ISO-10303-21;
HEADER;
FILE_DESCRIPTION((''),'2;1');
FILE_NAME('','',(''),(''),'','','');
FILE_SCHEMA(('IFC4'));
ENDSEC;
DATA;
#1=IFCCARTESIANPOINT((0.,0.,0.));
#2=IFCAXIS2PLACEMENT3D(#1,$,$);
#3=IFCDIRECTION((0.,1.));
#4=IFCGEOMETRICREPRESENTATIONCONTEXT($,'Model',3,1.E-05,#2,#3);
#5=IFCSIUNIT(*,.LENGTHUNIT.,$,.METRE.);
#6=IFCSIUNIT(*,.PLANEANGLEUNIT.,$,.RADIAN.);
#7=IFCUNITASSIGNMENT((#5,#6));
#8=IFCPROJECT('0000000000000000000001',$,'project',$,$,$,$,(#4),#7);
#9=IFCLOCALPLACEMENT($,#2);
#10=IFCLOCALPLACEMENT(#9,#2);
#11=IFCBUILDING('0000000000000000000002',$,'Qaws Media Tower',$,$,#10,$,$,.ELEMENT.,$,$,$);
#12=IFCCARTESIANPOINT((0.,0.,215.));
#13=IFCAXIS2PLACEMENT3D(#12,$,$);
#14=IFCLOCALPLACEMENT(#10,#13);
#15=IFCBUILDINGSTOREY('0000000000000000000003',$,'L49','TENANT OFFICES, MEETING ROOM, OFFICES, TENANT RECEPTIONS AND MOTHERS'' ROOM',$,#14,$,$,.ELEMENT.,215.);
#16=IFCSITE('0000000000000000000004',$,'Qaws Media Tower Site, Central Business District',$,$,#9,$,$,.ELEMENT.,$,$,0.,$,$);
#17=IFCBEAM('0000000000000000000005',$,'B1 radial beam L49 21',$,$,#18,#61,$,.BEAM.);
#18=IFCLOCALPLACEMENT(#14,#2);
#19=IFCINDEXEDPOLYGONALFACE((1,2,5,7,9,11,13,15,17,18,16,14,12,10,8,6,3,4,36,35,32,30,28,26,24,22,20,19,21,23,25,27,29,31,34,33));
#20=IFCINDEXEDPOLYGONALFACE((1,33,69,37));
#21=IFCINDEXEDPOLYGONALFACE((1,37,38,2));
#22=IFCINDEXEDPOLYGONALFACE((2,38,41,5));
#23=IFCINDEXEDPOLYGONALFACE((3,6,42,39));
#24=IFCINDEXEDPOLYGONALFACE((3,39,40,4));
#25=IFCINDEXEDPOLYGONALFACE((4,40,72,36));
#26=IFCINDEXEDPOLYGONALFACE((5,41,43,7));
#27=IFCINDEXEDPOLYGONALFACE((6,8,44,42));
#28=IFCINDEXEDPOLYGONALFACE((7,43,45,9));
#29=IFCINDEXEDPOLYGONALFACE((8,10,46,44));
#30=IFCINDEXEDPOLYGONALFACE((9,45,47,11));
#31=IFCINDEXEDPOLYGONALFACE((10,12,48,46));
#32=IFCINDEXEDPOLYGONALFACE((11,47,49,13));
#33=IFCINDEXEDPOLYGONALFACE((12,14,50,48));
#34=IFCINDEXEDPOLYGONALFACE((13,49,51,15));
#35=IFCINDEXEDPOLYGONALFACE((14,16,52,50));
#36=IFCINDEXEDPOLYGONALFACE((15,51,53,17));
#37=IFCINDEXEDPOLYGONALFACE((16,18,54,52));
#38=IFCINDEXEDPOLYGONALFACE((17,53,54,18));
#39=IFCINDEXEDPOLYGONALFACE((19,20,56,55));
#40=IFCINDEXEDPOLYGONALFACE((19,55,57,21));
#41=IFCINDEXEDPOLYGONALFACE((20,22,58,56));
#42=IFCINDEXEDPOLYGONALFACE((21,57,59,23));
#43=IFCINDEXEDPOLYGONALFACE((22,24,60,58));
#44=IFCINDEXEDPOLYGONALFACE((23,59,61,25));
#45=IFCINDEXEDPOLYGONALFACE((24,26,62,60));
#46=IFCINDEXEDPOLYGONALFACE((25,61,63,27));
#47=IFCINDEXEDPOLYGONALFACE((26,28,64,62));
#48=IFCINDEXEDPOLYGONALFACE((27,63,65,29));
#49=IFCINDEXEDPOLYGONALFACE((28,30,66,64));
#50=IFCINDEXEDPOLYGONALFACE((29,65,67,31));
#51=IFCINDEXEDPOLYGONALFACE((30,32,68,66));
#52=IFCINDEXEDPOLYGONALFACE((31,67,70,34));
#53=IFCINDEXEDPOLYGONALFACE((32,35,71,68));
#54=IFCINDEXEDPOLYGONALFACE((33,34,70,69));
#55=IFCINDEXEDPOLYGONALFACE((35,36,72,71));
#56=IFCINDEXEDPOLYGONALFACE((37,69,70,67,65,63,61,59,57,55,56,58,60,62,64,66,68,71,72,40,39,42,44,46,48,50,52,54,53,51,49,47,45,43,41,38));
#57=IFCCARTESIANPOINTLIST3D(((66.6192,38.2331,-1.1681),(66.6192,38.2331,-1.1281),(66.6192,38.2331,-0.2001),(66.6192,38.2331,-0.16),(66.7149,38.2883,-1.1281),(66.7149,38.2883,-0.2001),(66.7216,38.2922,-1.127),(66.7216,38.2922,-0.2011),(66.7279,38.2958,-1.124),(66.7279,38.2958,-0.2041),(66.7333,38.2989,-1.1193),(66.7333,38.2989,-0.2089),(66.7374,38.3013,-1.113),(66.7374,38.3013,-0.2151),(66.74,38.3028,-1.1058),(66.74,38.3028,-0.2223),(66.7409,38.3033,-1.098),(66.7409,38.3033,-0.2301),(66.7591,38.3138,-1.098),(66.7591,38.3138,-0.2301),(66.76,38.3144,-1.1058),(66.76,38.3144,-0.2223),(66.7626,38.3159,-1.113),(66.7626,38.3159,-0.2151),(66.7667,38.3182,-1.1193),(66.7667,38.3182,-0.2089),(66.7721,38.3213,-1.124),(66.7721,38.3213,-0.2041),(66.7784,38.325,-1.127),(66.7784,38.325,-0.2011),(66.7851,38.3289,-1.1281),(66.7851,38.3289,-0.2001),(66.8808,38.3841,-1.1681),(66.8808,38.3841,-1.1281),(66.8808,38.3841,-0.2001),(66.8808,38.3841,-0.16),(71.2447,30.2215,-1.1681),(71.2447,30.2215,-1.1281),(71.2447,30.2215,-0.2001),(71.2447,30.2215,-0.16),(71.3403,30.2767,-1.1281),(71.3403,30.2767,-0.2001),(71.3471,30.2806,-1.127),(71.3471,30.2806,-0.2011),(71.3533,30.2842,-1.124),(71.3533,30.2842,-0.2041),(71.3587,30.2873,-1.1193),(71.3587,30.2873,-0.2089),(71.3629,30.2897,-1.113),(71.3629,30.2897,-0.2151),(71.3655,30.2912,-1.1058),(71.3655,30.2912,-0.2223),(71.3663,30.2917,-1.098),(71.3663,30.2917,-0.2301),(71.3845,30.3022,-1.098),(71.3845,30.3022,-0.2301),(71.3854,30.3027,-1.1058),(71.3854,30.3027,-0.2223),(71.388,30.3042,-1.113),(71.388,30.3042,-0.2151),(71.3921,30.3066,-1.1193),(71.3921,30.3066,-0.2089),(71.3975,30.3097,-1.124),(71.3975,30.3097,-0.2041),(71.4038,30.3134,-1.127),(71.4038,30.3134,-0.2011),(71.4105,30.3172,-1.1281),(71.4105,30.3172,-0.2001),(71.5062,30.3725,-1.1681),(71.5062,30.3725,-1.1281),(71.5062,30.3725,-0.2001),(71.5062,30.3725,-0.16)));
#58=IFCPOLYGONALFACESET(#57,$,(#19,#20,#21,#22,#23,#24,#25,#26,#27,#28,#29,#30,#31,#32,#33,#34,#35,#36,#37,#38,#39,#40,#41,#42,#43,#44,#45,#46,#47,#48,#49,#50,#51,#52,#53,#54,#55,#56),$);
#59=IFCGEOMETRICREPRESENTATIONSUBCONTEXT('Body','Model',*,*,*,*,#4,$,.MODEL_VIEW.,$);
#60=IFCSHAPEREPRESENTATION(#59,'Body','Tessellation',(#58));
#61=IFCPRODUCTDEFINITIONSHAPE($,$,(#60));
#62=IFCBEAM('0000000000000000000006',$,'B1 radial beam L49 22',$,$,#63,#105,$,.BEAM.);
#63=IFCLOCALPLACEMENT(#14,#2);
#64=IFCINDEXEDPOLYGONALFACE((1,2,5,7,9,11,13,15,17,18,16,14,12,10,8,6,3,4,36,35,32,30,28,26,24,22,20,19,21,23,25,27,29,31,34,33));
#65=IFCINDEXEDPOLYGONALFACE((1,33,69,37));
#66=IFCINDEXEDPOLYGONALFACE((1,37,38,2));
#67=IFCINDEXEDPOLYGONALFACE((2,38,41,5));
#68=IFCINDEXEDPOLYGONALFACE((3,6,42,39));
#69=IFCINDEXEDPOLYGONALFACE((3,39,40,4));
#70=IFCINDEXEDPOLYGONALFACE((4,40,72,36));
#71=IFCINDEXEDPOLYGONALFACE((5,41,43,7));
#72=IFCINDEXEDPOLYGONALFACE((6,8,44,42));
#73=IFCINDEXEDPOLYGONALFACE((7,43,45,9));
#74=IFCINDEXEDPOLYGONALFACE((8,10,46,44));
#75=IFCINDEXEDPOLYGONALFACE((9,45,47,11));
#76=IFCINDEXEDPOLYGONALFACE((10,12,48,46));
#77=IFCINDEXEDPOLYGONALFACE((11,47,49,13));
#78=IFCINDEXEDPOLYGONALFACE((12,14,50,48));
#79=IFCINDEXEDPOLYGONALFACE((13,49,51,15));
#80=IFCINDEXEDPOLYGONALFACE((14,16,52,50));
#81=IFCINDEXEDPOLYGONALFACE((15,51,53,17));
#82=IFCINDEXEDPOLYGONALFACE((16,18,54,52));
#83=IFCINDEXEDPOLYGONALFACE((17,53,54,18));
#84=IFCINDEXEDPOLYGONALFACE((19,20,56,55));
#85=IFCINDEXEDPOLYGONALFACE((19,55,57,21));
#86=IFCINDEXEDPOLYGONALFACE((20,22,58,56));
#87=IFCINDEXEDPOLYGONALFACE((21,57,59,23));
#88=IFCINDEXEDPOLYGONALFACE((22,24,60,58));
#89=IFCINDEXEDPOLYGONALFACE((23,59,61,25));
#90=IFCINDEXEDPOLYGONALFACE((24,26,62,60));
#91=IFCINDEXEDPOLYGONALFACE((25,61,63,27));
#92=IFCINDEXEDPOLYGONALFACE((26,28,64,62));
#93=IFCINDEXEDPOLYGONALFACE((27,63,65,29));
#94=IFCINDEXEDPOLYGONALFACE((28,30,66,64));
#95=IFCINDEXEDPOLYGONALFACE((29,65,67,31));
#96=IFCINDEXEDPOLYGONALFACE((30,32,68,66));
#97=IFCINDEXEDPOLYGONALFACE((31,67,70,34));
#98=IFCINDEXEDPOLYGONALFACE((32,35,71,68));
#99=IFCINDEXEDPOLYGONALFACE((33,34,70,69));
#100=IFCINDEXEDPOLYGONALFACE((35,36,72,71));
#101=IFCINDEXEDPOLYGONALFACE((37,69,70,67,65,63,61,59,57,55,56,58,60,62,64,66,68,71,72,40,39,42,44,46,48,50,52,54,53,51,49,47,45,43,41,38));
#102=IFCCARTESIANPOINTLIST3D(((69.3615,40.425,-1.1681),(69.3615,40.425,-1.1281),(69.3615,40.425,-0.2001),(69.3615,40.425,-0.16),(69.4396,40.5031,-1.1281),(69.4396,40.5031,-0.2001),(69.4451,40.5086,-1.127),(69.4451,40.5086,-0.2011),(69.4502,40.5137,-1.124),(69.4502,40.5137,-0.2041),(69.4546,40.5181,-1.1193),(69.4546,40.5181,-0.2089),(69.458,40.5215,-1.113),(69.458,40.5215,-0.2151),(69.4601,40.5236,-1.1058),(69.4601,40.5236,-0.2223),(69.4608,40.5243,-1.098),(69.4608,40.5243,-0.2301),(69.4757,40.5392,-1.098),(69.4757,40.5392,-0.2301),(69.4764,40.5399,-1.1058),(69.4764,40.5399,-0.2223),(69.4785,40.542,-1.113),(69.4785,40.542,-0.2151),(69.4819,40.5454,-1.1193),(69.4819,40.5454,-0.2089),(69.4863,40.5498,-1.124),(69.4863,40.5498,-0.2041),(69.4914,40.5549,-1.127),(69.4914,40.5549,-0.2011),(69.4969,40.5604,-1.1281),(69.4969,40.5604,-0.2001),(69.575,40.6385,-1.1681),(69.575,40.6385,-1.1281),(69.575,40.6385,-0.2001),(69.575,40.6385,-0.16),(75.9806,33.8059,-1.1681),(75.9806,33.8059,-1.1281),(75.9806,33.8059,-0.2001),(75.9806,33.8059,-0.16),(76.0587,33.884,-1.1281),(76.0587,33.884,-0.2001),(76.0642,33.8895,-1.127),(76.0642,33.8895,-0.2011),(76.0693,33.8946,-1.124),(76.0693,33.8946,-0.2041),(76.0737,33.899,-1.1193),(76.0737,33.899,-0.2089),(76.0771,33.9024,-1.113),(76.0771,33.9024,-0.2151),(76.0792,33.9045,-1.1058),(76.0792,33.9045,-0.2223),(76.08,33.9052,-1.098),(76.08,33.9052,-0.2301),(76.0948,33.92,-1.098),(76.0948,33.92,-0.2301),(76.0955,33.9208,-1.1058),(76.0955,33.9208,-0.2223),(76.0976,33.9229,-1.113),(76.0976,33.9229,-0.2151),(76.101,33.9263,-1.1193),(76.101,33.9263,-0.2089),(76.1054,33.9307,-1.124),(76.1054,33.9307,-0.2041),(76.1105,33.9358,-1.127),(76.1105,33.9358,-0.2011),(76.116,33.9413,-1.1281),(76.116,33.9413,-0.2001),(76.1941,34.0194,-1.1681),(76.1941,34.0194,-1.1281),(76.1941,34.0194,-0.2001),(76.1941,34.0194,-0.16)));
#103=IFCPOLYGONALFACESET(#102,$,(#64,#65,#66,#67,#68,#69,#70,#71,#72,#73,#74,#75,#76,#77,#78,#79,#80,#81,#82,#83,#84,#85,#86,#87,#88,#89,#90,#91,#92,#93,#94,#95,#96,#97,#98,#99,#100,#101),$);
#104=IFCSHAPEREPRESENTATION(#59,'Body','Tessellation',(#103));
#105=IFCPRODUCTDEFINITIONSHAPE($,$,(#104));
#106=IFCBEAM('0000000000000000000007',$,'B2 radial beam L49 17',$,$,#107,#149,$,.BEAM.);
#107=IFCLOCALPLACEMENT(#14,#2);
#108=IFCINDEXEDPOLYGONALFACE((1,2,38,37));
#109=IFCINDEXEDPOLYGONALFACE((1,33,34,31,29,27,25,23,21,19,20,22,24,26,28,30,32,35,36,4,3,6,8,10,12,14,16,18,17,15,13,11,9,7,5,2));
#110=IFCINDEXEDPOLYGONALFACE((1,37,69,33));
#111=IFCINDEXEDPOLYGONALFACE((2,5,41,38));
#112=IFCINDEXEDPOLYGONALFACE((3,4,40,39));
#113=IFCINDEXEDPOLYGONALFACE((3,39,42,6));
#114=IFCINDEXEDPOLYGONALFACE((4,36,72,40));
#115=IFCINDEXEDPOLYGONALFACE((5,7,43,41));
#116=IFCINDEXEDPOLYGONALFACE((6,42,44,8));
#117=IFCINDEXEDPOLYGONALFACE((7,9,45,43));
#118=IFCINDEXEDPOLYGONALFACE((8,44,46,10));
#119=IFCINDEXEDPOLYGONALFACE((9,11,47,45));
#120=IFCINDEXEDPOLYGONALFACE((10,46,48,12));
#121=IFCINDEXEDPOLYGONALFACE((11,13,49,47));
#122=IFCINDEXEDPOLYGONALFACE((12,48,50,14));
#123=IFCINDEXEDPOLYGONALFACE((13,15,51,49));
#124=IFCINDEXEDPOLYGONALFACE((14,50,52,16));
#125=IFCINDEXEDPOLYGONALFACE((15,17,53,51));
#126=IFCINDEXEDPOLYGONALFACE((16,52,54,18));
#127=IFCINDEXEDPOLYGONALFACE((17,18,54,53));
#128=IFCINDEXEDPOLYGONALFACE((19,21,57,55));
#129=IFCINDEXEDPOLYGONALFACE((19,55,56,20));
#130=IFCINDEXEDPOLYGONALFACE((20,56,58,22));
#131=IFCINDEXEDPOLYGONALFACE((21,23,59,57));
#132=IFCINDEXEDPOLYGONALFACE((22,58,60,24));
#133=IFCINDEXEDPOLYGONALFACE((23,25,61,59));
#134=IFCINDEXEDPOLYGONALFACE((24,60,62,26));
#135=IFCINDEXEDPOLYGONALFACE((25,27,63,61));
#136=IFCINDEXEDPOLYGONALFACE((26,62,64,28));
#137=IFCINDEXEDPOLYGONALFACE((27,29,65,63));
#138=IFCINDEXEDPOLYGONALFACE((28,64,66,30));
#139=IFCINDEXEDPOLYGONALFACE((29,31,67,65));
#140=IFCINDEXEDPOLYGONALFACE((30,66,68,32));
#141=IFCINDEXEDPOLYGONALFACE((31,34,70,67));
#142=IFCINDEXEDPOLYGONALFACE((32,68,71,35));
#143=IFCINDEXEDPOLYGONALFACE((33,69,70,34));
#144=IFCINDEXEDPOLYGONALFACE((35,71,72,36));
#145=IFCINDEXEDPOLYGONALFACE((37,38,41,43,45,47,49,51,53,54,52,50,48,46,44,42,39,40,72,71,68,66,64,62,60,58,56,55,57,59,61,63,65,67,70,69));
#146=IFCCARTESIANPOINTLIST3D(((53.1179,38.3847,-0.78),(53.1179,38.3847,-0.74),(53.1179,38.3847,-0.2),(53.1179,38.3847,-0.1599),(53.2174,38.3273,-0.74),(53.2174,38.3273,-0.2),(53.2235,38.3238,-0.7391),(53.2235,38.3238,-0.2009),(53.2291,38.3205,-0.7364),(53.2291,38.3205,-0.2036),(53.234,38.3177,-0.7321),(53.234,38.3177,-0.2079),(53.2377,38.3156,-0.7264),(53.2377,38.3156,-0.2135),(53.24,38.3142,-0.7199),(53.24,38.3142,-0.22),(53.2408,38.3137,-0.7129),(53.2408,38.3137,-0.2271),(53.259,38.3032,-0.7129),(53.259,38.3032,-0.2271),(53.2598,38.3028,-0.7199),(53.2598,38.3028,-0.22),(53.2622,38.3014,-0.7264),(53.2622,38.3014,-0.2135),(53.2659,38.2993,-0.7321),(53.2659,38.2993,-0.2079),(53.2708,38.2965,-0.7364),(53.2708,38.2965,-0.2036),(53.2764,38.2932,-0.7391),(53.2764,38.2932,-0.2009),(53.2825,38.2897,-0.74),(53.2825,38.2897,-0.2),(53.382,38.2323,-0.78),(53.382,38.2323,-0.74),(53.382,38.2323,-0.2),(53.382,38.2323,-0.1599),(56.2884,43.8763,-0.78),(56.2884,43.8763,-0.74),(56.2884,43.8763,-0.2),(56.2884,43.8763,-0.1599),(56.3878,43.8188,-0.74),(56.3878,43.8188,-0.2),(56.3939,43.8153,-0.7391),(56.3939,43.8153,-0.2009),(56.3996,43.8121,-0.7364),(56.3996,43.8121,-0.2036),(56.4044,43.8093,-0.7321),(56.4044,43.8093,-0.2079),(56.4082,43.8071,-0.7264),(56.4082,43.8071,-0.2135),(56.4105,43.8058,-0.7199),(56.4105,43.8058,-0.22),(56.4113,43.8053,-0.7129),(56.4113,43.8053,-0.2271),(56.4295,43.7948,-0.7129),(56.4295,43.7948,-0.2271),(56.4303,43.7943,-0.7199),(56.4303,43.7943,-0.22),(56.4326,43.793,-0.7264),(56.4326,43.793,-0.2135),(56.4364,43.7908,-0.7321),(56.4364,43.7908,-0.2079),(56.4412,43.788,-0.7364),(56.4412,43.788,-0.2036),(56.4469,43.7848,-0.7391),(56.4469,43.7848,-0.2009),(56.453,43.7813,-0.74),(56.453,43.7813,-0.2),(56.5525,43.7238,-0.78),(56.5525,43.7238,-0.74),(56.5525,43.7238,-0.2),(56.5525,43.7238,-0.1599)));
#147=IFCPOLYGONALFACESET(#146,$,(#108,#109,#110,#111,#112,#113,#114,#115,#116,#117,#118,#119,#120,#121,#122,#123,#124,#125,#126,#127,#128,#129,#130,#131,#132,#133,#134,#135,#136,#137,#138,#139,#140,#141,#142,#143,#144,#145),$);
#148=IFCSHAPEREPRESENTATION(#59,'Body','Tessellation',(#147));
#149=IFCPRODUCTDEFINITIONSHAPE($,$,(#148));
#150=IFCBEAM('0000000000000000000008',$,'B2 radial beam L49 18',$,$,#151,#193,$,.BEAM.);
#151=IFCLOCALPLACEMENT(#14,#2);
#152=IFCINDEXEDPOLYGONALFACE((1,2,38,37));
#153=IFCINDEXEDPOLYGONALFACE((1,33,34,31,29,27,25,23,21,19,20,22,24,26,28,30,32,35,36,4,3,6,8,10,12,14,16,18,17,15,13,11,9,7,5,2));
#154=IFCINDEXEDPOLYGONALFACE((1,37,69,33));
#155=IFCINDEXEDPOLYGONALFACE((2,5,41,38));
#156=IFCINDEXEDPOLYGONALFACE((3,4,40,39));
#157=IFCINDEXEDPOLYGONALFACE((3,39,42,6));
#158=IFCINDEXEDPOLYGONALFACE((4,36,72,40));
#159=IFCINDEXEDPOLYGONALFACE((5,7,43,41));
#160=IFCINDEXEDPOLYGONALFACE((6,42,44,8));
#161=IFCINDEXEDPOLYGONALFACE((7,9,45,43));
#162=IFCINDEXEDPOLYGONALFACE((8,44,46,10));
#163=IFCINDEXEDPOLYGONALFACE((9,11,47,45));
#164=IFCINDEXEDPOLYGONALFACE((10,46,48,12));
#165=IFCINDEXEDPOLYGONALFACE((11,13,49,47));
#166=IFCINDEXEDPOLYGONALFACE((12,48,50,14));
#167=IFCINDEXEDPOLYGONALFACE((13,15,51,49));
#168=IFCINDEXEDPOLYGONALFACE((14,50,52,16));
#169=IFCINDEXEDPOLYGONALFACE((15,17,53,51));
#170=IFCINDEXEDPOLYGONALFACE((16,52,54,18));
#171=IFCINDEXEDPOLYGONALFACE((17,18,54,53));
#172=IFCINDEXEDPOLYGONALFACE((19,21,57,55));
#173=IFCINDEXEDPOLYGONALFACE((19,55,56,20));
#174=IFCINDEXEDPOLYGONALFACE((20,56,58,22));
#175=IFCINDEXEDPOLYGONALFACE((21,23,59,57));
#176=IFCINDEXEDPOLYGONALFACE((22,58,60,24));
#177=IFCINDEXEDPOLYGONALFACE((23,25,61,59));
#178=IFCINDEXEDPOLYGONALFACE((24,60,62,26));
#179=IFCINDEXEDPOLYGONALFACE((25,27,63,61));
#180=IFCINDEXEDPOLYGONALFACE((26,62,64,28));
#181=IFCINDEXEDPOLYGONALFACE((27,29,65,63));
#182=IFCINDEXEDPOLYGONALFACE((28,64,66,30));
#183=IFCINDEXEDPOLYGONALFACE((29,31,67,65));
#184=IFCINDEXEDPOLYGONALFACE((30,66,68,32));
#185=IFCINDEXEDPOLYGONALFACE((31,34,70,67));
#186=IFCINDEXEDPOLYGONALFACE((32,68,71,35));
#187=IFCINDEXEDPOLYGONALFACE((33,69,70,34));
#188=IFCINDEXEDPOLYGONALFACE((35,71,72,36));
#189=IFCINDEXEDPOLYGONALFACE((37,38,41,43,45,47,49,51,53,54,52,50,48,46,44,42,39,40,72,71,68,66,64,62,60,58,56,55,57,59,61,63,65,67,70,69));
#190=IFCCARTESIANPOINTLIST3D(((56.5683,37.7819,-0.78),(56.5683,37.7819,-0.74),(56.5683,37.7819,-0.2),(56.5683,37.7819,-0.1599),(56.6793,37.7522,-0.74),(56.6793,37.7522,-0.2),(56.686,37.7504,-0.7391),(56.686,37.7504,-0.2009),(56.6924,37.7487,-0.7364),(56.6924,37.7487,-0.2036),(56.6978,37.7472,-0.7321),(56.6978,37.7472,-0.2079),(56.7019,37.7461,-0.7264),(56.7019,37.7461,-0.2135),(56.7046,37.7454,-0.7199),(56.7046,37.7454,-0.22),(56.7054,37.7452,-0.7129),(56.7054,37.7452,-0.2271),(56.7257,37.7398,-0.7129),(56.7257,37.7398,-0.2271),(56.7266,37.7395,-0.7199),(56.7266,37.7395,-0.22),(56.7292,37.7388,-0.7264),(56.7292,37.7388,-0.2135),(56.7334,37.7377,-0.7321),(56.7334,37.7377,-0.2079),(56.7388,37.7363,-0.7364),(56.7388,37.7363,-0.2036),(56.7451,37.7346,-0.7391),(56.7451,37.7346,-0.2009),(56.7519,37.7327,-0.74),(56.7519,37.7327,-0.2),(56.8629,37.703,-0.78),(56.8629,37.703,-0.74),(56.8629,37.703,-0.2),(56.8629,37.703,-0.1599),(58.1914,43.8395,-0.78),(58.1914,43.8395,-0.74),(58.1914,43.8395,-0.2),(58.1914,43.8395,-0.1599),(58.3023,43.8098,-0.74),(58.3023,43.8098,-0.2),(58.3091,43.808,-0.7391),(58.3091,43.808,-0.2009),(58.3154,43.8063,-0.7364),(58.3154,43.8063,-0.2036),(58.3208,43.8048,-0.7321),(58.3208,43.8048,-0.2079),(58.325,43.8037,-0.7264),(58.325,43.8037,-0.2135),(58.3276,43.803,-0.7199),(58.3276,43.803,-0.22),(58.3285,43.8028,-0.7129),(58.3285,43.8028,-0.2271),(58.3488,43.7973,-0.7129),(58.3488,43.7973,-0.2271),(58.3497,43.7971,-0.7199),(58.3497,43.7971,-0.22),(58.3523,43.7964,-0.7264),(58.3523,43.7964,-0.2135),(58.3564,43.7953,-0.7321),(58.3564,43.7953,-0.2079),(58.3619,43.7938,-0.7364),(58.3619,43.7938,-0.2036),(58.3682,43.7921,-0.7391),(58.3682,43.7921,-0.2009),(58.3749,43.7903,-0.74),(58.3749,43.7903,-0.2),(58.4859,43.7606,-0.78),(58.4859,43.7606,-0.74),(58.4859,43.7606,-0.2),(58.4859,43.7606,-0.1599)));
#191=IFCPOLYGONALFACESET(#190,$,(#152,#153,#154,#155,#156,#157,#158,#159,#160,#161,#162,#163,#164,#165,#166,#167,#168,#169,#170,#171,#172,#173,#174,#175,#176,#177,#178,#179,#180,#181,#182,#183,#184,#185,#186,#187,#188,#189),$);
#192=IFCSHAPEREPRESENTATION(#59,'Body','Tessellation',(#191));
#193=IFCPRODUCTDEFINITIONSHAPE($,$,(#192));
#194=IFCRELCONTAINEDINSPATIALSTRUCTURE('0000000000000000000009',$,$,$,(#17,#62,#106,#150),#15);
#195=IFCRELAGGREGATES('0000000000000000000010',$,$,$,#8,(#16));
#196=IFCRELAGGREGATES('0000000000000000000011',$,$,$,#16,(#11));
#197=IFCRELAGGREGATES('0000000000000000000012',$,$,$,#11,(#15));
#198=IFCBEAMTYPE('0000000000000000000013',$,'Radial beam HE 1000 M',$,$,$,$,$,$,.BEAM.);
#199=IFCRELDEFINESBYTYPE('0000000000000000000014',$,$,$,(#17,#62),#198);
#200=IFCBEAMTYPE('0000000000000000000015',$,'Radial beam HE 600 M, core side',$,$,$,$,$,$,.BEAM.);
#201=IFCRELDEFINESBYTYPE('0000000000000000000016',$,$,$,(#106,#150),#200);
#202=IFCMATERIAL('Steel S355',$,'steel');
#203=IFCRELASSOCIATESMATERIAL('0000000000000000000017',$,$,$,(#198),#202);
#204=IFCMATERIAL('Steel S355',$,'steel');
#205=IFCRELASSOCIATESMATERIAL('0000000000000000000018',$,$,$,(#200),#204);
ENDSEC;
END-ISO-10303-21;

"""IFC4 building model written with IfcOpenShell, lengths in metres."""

from ifc_helpers import new_model, si_unit, direction, frame, origin, origin_2d, place, context, subcontext, project, spatial, i_section, extrude, material, material_profile, profile_set, type_object, element, save


model = new_model("IFC4")

# Units and contexts
model_context = context("Model", 3, precision=1e-05, world=origin(), true_north=direction((0.0, 1.0)))
body_context = subcontext(model_context, "Body", "Model", "MODEL_VIEW")
ifc_project = project(units=[si_unit("LENGTHUNIT", "METRE"), si_unit("PLANEANGLEUNIT", "RADIAN")], contexts=[model_context])

# Site, building, storey
site_placement = place(None, origin())
site = spatial("IfcSite", under=ifc_project, at=site_placement, Name="Qaws Media Tower Site, Central Business District", CompositionType="ELEMENT", RefElevation=0.0)
building_placement = place(site_placement, origin())
building = spatial("IfcBuilding", under=site, at=building_placement, Name="Qaws Media Tower", CompositionType="ELEMENT")
storey_placement = place(building_placement, frame((0.0, 0.0, 215.0)))
storey = spatial("IfcBuildingStorey", under=building, at=storey_placement, Name="L49", Description="TENANT OFFICES, MEETING ROOM, OFFICES, TENANT RECEPTIONS AND MOTHERS' ROOM", CompositionType="ELEMENT", Elevation=215.0)

# Beams
ifc_material_1 = material(Name="Steel S355", Category="steel")
ifc_material_profile_1 = material_profile(ifc_material_1, i_section(OverallWidth=0.302, OverallDepth=1.0081, WebThickness=0.021, FlangeThickness=0.04, FilletRadius=0.03, at=origin_2d()), Name="HE 1000 M")
ifc_profile_set_1 = profile_set([ifc_material_profile_1], Name="Steel S355")
beam_type_1 = type_object("IfcBeamType", Name="Radial beam HE 1000 M", PredefinedType="BEAM", material=ifc_profile_set_1)
beam_1_placement = place(storey_placement, frame((66.75, 38.3086, -0.6641), z_axis=(0.499994, -0.866029, 0.0), x_axis=(0.866029, 0.499994, 0.0)))
element("IfcBeam", 1, at=beam_1_placement, inside=storey, type_object=beam_type_1, Name="B1 radial beam L49 21", PredefinedType="BEAM", context=body_context, shape_type="SweptSolid", body=[
    extrude(i_section(OverallWidth=0.302, OverallDepth=1.0081, WebThickness=0.021, FlangeThickness=0.04, FilletRadius=0.03, at=origin_2d()), origin(), (0.0, 0.0, 1.0), 9.251),
])
beam_2_placement = place(storey_placement, frame((69.4683, 40.5317, -0.6641), z_axis=(0.707107, -0.707107, 0.0), x_axis=(0.707107, 0.707107, 0.0)))
element("IfcBeam", 2, at=beam_2_placement, inside=storey, type_object=beam_type_1, Name="B1 radial beam L49 22", PredefinedType="BEAM", context=body_context, shape_type="SweptSolid", body=[
    extrude(i_section(OverallWidth=0.302, OverallDepth=1.0081, WebThickness=0.021, FlangeThickness=0.04, FilletRadius=0.03, at=origin_2d()), origin(), (0.0, 0.0, 1.0), 9.3608),
])
ifc_material_2 = material(Name="Steel S355", Category="steel")
ifc_material_profile_2 = material_profile(ifc_material_2, i_section(OverallWidth=0.3049, OverallDepth=0.6201, WebThickness=0.021, FlangeThickness=0.04, FilletRadius=0.0271, at=origin_2d()), Name="HE 600 M")
ifc_profile_set_2 = profile_set([ifc_material_profile_2], Name="Steel S355")
beam_type_2 = type_object("IfcBeamType", Name="Radial beam HE 600 M, core side", PredefinedType="BEAM", material=ifc_profile_set_2)
beam_3_placement = place(storey_placement, frame((56.4204, 43.8, -0.47), z_axis=(-0.49999, -0.866031, 0.0), x_axis=(0.866031, -0.49999, 0.0)))
element("IfcBeam", 3, at=beam_3_placement, inside=storey, type_object=beam_type_2, Name="B2 radial beam L49 17", PredefinedType="BEAM", context=body_context, shape_type="SweptSolid", body=[
    extrude(i_section(OverallWidth=0.3049, OverallDepth=0.6201, WebThickness=0.021, FlangeThickness=0.04, FilletRadius=0.0271, at=origin_2d()), origin(), (0.0, 0.0, 1.0), 6.3411),
])
beam_4_placement = place(storey_placement, frame((58.3386, 43.8, -0.47), z_axis=(-0.258806, -0.965929, 0.0), x_axis=(0.965929, -0.258806, 0.0)))
element("IfcBeam", 4, at=beam_4_placement, inside=storey, type_object=beam_type_2, Name="B2 radial beam L49 18", PredefinedType="BEAM", context=body_context, shape_type="SweptSolid", body=[
    extrude(i_section(OverallWidth=0.3049, OverallDepth=0.6201, WebThickness=0.021, FlangeThickness=0.04, FilletRadius=0.0271, at=origin_2d()), origin(), (0.0, 0.0, 1.0), 6.2712),
])

save(model, "model.ifc")
